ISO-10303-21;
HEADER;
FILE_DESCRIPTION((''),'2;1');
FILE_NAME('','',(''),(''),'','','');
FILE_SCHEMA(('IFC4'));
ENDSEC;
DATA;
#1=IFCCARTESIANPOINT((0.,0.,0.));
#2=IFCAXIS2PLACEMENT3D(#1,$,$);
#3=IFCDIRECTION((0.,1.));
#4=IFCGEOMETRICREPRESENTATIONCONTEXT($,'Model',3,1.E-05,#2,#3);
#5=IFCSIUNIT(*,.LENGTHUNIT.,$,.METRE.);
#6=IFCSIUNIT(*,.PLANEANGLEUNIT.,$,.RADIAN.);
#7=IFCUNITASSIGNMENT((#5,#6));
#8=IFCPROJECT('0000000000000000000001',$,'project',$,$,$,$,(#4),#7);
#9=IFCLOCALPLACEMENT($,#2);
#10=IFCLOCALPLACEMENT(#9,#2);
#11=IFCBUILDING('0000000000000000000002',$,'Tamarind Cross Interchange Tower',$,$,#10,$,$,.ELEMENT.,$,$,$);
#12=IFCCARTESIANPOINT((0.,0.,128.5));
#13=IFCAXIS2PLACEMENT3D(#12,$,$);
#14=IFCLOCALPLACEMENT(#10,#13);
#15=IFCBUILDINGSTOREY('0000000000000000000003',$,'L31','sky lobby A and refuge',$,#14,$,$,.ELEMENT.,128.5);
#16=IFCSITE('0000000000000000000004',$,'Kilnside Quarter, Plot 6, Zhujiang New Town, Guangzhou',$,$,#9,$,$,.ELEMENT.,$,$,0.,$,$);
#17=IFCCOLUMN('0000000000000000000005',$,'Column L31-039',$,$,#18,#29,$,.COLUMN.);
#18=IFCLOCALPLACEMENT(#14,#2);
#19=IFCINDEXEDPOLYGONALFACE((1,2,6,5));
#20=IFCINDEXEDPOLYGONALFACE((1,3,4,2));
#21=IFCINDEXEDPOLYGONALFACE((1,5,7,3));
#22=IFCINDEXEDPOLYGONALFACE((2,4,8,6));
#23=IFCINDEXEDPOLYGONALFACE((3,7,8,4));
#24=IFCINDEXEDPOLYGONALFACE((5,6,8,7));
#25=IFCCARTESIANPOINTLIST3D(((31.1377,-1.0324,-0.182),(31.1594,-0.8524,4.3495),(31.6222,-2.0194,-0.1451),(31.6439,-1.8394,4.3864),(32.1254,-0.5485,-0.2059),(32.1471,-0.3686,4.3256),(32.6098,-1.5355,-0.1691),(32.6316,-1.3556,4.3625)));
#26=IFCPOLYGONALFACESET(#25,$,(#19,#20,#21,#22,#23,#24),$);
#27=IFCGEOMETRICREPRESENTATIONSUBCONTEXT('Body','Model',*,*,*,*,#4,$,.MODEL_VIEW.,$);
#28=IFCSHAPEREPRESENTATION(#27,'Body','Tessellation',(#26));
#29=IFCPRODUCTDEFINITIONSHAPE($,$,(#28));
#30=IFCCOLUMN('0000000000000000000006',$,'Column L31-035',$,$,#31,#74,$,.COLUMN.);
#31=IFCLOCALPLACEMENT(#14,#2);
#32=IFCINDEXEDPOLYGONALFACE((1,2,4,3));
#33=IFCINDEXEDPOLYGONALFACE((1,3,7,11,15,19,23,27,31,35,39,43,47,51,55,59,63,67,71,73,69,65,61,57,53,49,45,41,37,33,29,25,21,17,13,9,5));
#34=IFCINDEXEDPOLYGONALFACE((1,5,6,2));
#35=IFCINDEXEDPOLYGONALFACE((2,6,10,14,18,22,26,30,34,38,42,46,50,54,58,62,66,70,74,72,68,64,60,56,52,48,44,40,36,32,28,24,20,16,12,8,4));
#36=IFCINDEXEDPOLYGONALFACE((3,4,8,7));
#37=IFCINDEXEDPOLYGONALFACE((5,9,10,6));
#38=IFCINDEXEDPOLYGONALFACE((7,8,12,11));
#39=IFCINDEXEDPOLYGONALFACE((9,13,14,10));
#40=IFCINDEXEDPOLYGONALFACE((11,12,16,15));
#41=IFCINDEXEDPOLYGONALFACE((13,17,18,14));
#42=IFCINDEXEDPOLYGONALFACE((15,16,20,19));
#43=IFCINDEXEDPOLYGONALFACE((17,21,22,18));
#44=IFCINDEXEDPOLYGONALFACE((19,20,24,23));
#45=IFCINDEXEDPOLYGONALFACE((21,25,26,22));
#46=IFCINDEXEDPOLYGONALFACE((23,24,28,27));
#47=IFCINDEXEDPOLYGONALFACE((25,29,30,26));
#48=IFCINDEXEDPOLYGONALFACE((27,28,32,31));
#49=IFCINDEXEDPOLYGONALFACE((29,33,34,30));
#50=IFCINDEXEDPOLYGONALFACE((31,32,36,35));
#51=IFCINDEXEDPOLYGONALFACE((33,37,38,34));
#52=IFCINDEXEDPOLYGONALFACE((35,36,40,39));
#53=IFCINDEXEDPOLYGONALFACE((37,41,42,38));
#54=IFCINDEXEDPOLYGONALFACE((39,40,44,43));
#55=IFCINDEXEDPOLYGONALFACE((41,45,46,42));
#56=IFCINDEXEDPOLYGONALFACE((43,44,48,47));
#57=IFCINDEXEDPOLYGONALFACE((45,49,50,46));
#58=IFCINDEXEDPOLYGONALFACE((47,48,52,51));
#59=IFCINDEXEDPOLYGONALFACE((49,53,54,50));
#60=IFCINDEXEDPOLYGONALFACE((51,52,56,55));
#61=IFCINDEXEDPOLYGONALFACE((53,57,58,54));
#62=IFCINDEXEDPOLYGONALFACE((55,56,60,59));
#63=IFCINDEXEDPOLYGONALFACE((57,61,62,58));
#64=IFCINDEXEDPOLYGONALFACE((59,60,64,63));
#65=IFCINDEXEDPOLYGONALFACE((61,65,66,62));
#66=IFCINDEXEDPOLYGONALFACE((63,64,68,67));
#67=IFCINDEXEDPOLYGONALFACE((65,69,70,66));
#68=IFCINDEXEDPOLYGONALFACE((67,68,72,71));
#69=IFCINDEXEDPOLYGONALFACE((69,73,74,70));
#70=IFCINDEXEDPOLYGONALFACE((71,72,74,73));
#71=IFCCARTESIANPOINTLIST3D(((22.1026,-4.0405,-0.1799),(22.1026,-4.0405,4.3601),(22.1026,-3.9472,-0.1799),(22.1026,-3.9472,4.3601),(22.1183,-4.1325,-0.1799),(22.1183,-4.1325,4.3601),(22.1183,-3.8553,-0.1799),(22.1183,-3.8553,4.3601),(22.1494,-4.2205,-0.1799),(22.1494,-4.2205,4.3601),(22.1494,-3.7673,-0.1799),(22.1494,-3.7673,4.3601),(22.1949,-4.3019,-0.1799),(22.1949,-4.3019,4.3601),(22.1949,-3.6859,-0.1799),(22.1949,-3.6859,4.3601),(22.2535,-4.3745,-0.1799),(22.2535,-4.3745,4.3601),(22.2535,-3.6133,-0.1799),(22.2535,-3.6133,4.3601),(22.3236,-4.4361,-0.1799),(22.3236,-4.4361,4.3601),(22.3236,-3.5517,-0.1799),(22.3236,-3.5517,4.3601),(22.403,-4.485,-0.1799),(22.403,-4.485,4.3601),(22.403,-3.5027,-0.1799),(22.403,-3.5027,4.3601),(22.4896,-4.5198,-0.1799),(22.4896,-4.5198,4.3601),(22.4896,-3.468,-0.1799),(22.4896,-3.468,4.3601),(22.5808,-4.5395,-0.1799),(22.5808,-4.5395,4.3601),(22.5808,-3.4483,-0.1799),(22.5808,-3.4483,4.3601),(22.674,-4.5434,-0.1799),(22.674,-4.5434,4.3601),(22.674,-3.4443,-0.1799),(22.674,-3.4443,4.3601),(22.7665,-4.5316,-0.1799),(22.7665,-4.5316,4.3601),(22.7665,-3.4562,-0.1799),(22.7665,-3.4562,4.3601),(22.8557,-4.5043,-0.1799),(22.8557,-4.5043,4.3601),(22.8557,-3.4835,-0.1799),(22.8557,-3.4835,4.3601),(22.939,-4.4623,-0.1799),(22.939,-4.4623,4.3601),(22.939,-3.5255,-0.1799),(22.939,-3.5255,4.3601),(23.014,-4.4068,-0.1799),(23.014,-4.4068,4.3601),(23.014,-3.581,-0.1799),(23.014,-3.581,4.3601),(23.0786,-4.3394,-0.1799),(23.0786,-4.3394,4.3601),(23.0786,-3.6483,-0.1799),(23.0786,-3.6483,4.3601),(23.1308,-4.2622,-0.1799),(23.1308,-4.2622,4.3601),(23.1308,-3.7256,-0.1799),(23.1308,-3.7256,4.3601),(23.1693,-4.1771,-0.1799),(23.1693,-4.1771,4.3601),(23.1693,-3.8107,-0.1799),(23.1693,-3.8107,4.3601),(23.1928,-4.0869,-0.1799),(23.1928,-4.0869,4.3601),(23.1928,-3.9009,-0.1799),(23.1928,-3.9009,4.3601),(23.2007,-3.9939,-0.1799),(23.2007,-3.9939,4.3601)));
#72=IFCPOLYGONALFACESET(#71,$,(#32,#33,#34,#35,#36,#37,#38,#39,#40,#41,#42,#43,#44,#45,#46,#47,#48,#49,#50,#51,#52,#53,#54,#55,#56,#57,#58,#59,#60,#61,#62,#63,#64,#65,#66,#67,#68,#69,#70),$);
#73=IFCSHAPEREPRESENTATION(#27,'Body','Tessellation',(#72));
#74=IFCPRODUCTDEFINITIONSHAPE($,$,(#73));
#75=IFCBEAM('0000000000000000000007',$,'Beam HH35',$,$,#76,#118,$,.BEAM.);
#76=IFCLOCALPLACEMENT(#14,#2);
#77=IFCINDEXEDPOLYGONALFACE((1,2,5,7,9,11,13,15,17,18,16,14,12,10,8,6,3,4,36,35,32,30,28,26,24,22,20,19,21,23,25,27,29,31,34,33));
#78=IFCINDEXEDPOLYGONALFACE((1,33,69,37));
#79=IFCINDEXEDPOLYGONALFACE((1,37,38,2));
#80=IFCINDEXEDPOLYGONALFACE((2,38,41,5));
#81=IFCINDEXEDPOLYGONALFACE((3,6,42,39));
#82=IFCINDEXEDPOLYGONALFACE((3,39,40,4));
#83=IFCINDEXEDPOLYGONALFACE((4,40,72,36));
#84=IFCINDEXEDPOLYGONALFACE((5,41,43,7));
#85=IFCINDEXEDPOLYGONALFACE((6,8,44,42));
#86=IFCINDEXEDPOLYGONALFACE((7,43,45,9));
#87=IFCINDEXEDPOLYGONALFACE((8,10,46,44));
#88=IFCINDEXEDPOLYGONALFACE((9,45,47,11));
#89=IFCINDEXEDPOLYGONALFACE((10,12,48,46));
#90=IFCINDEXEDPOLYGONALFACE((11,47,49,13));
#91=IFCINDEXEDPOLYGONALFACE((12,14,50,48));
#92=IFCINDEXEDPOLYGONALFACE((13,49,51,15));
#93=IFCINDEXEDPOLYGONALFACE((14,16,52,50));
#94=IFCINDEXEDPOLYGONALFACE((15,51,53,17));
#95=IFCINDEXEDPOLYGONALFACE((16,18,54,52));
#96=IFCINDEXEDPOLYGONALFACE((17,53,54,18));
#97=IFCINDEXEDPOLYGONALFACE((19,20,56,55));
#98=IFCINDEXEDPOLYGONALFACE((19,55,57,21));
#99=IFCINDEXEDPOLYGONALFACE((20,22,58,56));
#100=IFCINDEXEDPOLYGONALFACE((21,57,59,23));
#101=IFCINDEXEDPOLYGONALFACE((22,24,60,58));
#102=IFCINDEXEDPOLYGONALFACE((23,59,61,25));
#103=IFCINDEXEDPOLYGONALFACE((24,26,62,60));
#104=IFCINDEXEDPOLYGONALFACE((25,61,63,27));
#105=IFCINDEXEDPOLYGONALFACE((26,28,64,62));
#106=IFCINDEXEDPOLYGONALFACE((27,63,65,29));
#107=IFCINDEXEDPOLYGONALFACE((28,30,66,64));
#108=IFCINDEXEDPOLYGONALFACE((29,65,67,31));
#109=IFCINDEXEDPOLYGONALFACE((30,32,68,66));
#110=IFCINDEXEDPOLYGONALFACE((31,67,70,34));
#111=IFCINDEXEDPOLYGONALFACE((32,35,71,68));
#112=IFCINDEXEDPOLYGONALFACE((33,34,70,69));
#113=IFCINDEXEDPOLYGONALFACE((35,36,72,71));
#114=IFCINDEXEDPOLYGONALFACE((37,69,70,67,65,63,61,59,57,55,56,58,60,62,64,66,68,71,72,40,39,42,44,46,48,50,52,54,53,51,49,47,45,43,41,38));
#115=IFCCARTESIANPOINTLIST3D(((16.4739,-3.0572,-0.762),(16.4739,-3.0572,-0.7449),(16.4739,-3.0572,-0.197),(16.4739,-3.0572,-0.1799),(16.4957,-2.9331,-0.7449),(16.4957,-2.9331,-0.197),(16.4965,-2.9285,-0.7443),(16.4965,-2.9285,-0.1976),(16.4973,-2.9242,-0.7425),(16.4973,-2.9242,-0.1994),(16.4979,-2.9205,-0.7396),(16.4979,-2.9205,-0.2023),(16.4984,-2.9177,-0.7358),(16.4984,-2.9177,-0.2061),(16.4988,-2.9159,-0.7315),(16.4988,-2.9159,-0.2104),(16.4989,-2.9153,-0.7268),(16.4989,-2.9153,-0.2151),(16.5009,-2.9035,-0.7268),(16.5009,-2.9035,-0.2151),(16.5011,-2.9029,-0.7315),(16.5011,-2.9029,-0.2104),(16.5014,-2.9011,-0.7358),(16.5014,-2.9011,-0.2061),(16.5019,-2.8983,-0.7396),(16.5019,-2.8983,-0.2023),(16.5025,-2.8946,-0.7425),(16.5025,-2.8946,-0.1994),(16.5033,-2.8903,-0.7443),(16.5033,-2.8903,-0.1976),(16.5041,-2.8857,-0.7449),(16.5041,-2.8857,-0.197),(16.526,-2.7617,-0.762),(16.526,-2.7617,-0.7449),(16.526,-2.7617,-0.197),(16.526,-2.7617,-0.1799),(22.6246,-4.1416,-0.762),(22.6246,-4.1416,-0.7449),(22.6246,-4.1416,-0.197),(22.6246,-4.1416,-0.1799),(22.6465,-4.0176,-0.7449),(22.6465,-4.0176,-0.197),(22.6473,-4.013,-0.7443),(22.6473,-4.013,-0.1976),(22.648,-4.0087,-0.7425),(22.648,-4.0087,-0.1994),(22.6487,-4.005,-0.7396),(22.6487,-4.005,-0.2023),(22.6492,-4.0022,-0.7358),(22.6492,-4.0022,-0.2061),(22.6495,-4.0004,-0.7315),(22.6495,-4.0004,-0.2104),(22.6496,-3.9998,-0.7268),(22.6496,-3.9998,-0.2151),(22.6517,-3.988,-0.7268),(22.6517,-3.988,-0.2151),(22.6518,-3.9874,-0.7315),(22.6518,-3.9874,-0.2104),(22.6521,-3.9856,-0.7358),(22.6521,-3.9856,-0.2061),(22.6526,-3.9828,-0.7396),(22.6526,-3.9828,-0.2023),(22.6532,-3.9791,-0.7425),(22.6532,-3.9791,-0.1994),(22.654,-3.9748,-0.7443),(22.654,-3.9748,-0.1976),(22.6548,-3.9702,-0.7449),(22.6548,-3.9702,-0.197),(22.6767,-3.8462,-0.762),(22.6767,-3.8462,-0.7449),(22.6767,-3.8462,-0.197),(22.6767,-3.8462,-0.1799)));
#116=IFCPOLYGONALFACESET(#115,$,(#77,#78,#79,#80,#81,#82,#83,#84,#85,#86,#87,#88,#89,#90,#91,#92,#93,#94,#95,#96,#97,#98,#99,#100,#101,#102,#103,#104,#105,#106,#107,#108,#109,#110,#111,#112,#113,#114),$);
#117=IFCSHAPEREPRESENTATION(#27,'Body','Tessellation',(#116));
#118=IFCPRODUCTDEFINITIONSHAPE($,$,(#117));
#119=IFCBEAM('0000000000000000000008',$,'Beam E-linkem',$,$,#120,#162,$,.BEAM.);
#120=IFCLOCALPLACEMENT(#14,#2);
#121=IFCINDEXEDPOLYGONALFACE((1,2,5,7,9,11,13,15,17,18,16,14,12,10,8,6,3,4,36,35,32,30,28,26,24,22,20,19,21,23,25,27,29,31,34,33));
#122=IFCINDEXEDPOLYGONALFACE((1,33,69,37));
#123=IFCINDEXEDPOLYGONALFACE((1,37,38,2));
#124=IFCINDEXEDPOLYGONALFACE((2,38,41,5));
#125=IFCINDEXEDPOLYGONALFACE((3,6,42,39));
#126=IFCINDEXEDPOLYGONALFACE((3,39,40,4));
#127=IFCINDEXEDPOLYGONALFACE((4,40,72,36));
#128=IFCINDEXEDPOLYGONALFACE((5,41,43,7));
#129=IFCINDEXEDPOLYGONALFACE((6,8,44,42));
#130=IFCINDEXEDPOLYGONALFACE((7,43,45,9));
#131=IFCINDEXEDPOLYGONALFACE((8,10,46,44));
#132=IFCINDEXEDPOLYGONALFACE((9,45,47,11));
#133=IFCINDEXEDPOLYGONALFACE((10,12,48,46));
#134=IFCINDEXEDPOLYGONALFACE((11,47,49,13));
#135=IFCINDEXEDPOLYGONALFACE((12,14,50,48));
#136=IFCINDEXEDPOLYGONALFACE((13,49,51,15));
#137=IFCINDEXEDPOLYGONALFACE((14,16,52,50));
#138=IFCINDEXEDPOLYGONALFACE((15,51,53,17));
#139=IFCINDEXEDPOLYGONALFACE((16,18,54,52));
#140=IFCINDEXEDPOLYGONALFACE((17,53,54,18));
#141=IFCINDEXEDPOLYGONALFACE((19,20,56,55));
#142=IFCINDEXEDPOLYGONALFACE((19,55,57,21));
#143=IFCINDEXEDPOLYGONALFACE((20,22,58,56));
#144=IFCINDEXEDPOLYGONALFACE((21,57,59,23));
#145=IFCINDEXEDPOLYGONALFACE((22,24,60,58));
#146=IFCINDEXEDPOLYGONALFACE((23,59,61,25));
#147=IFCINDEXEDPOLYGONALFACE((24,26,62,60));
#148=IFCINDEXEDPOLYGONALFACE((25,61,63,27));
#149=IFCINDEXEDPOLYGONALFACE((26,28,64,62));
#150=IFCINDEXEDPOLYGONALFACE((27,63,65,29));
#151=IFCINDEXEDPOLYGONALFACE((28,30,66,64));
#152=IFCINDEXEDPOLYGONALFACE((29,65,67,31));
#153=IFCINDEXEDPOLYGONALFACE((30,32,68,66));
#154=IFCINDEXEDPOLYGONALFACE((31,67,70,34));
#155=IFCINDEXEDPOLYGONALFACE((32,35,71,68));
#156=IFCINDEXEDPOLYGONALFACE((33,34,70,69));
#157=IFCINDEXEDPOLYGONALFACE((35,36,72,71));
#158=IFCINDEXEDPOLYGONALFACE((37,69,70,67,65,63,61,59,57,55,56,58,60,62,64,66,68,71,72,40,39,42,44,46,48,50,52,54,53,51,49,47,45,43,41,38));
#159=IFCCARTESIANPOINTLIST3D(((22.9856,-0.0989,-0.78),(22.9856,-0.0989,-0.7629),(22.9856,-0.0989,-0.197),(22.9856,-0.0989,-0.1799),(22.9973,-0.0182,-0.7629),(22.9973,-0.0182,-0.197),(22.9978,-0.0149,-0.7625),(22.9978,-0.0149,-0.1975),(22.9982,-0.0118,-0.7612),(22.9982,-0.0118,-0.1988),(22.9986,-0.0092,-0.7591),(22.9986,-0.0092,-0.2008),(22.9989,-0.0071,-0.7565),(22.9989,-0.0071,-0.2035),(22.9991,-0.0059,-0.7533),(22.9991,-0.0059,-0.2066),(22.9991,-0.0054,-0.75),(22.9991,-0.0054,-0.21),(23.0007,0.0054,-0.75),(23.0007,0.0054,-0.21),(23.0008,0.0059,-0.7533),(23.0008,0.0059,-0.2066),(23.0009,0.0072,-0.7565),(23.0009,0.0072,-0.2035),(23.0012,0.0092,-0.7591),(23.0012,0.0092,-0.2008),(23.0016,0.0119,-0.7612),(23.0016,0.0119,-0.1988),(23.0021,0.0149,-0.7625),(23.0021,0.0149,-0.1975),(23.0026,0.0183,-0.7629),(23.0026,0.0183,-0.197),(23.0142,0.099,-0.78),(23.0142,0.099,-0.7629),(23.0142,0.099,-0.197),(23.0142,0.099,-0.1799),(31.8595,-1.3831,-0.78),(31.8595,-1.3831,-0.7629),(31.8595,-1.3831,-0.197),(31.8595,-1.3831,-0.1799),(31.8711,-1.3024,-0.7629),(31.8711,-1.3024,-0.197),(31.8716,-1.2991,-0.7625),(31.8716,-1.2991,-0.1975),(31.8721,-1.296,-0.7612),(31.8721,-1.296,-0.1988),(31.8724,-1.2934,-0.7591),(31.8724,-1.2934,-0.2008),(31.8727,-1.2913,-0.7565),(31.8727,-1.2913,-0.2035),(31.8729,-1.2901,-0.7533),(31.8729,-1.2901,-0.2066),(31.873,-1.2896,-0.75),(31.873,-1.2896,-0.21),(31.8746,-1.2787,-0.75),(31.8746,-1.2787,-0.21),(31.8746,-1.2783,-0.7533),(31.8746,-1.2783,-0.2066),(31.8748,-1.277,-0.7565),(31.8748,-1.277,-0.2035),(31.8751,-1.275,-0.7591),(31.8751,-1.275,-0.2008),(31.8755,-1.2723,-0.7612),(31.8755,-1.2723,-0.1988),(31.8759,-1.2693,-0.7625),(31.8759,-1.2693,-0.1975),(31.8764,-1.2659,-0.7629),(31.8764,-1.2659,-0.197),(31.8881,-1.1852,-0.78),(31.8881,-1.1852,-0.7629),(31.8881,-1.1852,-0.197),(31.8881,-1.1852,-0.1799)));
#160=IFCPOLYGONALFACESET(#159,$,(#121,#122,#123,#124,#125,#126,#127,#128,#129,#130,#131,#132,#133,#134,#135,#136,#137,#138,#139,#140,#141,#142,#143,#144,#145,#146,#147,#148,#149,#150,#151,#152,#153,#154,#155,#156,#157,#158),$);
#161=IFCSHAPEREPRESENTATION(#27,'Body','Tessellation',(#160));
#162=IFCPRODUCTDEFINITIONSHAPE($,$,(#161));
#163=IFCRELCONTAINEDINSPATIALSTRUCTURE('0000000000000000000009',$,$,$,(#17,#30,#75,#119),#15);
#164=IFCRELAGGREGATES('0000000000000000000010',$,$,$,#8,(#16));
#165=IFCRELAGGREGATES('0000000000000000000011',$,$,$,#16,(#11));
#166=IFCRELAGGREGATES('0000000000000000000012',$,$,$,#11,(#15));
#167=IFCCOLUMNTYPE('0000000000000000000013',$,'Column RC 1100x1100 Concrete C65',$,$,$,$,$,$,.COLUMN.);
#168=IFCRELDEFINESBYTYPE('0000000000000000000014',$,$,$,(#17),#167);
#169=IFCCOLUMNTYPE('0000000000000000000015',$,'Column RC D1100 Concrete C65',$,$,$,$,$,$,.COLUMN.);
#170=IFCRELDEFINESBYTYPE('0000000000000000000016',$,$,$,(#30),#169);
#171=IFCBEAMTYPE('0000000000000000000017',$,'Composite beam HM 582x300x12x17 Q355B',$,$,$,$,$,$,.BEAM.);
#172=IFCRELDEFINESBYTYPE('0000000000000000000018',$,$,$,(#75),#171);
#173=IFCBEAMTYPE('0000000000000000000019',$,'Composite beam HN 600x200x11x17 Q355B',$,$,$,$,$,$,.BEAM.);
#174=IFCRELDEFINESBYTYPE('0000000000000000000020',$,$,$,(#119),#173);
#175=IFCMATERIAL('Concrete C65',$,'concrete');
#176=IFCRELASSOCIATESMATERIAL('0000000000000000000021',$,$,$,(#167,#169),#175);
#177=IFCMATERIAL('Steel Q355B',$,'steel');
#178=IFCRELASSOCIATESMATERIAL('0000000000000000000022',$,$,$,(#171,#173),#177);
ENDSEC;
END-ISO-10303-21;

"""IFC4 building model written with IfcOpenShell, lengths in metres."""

from ifc_helpers import new_model, si_unit, direction, frame, origin, origin_2d, place, context, subcontext, project, spatial, rectangle, circle, i_section, extrude, material, material_profile, profile_set, type_object, element, save


model = new_model("IFC4")

# Units and contexts
model_context = context("Model", 3, precision=1e-05, world=origin(), true_north=direction((0.0, 1.0)))
body_context = subcontext(model_context, "Body", "Model", "MODEL_VIEW")
ifc_project = project(units=[si_unit("LENGTHUNIT", "METRE"), si_unit("PLANEANGLEUNIT", "RADIAN")], contexts=[model_context])

# Site, building, storey
site_placement = place(None, origin())
site = spatial("IfcSite", under=ifc_project, at=site_placement, Name="Kilnside Quarter, Plot 6, Zhujiang New Town, Guangzhou", CompositionType="ELEMENT", RefElevation=0.0)
building_placement = place(site_placement, origin())
building = spatial("IfcBuilding", under=site, at=building_placement, Name="Tamarind Cross Interchange Tower", CompositionType="ELEMENT")
storey_placement = place(building_placement, frame((0.0, 0.0, 128.5)))
storey = spatial("IfcBuildingStorey", under=building, at=storey_placement, Name="L31", Description="sky lobby A and refuge", CompositionType="ELEMENT", Elevation=128.5)

# Columns
ifc_material_1 = material(Name="Concrete C65", Category="concrete")
ifc_material_profile_1 = material_profile(ifc_material_1, rectangle(XDim=1.1001, YDim=1.1001, at=origin_2d()), Name="RC 1100x1100")
ifc_profile_set_1 = profile_set([ifc_material_profile_1], Name="Concrete C65")
column_type_1 = type_object("IfcColumnType", Name="Column RC 1100x1100 Concrete C65", PredefinedType="COLUMN", material=ifc_profile_set_1)
column_1_placement = place(storey_placement, frame((31.8738, -1.2839, -0.1755), z_axis=(0.004791, 0.039675, 0.999201), x_axis=(-0.897803, -0.439858, 0.02177)))
element("IfcColumn", 1, at=column_1_placement, inside=storey, type_object=column_type_1, Name="Column L31-039", PredefinedType="COLUMN", context=body_context, shape_type="SweptSolid", body=[
    extrude(rectangle(XDim=1.1001, YDim=1.1001, at=origin_2d()), origin(), (0.0, 0.0, 1.0), 4.5352),
])
ifc_material_profile_2 = material_profile(ifc_material_1, circle(Radius=0.55, at=origin_2d()), Name="RC D1100")
ifc_profile_set_2 = profile_set([ifc_material_profile_2], Name="Concrete C65")
column_type_2 = type_object("IfcColumnType", Name="Column RC D1100 Concrete C65", PredefinedType="COLUMN", material=ifc_profile_set_2)
column_2_placement = place(storey_placement, frame((22.6506, -3.9939, -0.1799), z_axis=(0.0, 0.0, 1.0), x_axis=(1.0, 0.0, 0.0)))
element("IfcColumn", 2, at=column_2_placement, inside=storey, type_object=column_type_2, Name="Column L31-035", PredefinedType="COLUMN", context=body_context, shape_type="SweptSolid", body=[
    extrude(circle(Radius=0.55, at=origin_2d()), origin(), (0.0, 0.0, 1.0), 4.54),
])

# Beams
ifc_material_2 = material(Name="Steel Q355B", Category="steel")
ifc_material_profile_3 = material_profile(ifc_material_2, i_section(OverallWidth=0.3, OverallDepth=0.582, WebThickness=0.012, FlangeThickness=0.0171, FilletRadius=0.0181, at=origin_2d()), Name="HM 582x300x12x17")
ifc_profile_set_3 = profile_set([ifc_material_profile_3], Name="Steel Q355B")
beam_type_1 = type_object("IfcBeamType", Name="Composite beam HM 582x300x12x17 Q355B", PredefinedType="BEAM", material=ifc_profile_set_3)
beam_1_placement = place(storey_placement, frame((22.6506, -3.9939, -0.4709), z_axis=(-0.984809, 0.17364, 0.0), x_axis=(-0.17364, -0.984809, 0.0)))
element("IfcBeam", 3, at=beam_1_placement, inside=storey, type_object=beam_type_1, Name="Beam HH35", PredefinedType="BEAM", context=body_context, shape_type="SweptSolid", body=[
    extrude(i_section(OverallWidth=0.3, OverallDepth=0.582, WebThickness=0.012, FlangeThickness=0.0171, FilletRadius=0.0181, at=origin_2d()), origin(), (0.0, 0.0, 1.0), 6.2456),
])
ifc_material_profile_4 = material_profile(ifc_material_2, i_section(OverallWidth=0.2, OverallDepth=0.6001, WebThickness=0.011, FlangeThickness=0.0171, FilletRadius=0.0129, at=origin_2d()), Name="HN 600x200x11x17")
ifc_profile_set_4 = profile_set([ifc_material_profile_4], Name="Steel Q355B")
beam_type_2 = type_object("IfcBeamType", Name="Composite beam HN 600x200x11x17 Q355B", PredefinedType="BEAM", material=ifc_profile_set_4)
beam_2_placement = place(storey_placement, frame((31.8738, -1.2842, -0.48), z_axis=(-0.98969, 0.143224, 0.0), x_axis=(-0.143224, -0.98969, 0.0)))
element("IfcBeam", 4, at=beam_2_placement, inside=storey, type_object=beam_type_2, Name="Beam E-linkem", PredefinedType="BEAM", context=body_context, shape_type="SweptSolid", body=[
    extrude(i_section(OverallWidth=0.2, OverallDepth=0.6001, WebThickness=0.011, FlangeThickness=0.0171, FilletRadius=0.0129, at=origin_2d()), origin(), (0.0, 0.0, 1.0), 8.9663),
])

save(model, "model.ifc")
